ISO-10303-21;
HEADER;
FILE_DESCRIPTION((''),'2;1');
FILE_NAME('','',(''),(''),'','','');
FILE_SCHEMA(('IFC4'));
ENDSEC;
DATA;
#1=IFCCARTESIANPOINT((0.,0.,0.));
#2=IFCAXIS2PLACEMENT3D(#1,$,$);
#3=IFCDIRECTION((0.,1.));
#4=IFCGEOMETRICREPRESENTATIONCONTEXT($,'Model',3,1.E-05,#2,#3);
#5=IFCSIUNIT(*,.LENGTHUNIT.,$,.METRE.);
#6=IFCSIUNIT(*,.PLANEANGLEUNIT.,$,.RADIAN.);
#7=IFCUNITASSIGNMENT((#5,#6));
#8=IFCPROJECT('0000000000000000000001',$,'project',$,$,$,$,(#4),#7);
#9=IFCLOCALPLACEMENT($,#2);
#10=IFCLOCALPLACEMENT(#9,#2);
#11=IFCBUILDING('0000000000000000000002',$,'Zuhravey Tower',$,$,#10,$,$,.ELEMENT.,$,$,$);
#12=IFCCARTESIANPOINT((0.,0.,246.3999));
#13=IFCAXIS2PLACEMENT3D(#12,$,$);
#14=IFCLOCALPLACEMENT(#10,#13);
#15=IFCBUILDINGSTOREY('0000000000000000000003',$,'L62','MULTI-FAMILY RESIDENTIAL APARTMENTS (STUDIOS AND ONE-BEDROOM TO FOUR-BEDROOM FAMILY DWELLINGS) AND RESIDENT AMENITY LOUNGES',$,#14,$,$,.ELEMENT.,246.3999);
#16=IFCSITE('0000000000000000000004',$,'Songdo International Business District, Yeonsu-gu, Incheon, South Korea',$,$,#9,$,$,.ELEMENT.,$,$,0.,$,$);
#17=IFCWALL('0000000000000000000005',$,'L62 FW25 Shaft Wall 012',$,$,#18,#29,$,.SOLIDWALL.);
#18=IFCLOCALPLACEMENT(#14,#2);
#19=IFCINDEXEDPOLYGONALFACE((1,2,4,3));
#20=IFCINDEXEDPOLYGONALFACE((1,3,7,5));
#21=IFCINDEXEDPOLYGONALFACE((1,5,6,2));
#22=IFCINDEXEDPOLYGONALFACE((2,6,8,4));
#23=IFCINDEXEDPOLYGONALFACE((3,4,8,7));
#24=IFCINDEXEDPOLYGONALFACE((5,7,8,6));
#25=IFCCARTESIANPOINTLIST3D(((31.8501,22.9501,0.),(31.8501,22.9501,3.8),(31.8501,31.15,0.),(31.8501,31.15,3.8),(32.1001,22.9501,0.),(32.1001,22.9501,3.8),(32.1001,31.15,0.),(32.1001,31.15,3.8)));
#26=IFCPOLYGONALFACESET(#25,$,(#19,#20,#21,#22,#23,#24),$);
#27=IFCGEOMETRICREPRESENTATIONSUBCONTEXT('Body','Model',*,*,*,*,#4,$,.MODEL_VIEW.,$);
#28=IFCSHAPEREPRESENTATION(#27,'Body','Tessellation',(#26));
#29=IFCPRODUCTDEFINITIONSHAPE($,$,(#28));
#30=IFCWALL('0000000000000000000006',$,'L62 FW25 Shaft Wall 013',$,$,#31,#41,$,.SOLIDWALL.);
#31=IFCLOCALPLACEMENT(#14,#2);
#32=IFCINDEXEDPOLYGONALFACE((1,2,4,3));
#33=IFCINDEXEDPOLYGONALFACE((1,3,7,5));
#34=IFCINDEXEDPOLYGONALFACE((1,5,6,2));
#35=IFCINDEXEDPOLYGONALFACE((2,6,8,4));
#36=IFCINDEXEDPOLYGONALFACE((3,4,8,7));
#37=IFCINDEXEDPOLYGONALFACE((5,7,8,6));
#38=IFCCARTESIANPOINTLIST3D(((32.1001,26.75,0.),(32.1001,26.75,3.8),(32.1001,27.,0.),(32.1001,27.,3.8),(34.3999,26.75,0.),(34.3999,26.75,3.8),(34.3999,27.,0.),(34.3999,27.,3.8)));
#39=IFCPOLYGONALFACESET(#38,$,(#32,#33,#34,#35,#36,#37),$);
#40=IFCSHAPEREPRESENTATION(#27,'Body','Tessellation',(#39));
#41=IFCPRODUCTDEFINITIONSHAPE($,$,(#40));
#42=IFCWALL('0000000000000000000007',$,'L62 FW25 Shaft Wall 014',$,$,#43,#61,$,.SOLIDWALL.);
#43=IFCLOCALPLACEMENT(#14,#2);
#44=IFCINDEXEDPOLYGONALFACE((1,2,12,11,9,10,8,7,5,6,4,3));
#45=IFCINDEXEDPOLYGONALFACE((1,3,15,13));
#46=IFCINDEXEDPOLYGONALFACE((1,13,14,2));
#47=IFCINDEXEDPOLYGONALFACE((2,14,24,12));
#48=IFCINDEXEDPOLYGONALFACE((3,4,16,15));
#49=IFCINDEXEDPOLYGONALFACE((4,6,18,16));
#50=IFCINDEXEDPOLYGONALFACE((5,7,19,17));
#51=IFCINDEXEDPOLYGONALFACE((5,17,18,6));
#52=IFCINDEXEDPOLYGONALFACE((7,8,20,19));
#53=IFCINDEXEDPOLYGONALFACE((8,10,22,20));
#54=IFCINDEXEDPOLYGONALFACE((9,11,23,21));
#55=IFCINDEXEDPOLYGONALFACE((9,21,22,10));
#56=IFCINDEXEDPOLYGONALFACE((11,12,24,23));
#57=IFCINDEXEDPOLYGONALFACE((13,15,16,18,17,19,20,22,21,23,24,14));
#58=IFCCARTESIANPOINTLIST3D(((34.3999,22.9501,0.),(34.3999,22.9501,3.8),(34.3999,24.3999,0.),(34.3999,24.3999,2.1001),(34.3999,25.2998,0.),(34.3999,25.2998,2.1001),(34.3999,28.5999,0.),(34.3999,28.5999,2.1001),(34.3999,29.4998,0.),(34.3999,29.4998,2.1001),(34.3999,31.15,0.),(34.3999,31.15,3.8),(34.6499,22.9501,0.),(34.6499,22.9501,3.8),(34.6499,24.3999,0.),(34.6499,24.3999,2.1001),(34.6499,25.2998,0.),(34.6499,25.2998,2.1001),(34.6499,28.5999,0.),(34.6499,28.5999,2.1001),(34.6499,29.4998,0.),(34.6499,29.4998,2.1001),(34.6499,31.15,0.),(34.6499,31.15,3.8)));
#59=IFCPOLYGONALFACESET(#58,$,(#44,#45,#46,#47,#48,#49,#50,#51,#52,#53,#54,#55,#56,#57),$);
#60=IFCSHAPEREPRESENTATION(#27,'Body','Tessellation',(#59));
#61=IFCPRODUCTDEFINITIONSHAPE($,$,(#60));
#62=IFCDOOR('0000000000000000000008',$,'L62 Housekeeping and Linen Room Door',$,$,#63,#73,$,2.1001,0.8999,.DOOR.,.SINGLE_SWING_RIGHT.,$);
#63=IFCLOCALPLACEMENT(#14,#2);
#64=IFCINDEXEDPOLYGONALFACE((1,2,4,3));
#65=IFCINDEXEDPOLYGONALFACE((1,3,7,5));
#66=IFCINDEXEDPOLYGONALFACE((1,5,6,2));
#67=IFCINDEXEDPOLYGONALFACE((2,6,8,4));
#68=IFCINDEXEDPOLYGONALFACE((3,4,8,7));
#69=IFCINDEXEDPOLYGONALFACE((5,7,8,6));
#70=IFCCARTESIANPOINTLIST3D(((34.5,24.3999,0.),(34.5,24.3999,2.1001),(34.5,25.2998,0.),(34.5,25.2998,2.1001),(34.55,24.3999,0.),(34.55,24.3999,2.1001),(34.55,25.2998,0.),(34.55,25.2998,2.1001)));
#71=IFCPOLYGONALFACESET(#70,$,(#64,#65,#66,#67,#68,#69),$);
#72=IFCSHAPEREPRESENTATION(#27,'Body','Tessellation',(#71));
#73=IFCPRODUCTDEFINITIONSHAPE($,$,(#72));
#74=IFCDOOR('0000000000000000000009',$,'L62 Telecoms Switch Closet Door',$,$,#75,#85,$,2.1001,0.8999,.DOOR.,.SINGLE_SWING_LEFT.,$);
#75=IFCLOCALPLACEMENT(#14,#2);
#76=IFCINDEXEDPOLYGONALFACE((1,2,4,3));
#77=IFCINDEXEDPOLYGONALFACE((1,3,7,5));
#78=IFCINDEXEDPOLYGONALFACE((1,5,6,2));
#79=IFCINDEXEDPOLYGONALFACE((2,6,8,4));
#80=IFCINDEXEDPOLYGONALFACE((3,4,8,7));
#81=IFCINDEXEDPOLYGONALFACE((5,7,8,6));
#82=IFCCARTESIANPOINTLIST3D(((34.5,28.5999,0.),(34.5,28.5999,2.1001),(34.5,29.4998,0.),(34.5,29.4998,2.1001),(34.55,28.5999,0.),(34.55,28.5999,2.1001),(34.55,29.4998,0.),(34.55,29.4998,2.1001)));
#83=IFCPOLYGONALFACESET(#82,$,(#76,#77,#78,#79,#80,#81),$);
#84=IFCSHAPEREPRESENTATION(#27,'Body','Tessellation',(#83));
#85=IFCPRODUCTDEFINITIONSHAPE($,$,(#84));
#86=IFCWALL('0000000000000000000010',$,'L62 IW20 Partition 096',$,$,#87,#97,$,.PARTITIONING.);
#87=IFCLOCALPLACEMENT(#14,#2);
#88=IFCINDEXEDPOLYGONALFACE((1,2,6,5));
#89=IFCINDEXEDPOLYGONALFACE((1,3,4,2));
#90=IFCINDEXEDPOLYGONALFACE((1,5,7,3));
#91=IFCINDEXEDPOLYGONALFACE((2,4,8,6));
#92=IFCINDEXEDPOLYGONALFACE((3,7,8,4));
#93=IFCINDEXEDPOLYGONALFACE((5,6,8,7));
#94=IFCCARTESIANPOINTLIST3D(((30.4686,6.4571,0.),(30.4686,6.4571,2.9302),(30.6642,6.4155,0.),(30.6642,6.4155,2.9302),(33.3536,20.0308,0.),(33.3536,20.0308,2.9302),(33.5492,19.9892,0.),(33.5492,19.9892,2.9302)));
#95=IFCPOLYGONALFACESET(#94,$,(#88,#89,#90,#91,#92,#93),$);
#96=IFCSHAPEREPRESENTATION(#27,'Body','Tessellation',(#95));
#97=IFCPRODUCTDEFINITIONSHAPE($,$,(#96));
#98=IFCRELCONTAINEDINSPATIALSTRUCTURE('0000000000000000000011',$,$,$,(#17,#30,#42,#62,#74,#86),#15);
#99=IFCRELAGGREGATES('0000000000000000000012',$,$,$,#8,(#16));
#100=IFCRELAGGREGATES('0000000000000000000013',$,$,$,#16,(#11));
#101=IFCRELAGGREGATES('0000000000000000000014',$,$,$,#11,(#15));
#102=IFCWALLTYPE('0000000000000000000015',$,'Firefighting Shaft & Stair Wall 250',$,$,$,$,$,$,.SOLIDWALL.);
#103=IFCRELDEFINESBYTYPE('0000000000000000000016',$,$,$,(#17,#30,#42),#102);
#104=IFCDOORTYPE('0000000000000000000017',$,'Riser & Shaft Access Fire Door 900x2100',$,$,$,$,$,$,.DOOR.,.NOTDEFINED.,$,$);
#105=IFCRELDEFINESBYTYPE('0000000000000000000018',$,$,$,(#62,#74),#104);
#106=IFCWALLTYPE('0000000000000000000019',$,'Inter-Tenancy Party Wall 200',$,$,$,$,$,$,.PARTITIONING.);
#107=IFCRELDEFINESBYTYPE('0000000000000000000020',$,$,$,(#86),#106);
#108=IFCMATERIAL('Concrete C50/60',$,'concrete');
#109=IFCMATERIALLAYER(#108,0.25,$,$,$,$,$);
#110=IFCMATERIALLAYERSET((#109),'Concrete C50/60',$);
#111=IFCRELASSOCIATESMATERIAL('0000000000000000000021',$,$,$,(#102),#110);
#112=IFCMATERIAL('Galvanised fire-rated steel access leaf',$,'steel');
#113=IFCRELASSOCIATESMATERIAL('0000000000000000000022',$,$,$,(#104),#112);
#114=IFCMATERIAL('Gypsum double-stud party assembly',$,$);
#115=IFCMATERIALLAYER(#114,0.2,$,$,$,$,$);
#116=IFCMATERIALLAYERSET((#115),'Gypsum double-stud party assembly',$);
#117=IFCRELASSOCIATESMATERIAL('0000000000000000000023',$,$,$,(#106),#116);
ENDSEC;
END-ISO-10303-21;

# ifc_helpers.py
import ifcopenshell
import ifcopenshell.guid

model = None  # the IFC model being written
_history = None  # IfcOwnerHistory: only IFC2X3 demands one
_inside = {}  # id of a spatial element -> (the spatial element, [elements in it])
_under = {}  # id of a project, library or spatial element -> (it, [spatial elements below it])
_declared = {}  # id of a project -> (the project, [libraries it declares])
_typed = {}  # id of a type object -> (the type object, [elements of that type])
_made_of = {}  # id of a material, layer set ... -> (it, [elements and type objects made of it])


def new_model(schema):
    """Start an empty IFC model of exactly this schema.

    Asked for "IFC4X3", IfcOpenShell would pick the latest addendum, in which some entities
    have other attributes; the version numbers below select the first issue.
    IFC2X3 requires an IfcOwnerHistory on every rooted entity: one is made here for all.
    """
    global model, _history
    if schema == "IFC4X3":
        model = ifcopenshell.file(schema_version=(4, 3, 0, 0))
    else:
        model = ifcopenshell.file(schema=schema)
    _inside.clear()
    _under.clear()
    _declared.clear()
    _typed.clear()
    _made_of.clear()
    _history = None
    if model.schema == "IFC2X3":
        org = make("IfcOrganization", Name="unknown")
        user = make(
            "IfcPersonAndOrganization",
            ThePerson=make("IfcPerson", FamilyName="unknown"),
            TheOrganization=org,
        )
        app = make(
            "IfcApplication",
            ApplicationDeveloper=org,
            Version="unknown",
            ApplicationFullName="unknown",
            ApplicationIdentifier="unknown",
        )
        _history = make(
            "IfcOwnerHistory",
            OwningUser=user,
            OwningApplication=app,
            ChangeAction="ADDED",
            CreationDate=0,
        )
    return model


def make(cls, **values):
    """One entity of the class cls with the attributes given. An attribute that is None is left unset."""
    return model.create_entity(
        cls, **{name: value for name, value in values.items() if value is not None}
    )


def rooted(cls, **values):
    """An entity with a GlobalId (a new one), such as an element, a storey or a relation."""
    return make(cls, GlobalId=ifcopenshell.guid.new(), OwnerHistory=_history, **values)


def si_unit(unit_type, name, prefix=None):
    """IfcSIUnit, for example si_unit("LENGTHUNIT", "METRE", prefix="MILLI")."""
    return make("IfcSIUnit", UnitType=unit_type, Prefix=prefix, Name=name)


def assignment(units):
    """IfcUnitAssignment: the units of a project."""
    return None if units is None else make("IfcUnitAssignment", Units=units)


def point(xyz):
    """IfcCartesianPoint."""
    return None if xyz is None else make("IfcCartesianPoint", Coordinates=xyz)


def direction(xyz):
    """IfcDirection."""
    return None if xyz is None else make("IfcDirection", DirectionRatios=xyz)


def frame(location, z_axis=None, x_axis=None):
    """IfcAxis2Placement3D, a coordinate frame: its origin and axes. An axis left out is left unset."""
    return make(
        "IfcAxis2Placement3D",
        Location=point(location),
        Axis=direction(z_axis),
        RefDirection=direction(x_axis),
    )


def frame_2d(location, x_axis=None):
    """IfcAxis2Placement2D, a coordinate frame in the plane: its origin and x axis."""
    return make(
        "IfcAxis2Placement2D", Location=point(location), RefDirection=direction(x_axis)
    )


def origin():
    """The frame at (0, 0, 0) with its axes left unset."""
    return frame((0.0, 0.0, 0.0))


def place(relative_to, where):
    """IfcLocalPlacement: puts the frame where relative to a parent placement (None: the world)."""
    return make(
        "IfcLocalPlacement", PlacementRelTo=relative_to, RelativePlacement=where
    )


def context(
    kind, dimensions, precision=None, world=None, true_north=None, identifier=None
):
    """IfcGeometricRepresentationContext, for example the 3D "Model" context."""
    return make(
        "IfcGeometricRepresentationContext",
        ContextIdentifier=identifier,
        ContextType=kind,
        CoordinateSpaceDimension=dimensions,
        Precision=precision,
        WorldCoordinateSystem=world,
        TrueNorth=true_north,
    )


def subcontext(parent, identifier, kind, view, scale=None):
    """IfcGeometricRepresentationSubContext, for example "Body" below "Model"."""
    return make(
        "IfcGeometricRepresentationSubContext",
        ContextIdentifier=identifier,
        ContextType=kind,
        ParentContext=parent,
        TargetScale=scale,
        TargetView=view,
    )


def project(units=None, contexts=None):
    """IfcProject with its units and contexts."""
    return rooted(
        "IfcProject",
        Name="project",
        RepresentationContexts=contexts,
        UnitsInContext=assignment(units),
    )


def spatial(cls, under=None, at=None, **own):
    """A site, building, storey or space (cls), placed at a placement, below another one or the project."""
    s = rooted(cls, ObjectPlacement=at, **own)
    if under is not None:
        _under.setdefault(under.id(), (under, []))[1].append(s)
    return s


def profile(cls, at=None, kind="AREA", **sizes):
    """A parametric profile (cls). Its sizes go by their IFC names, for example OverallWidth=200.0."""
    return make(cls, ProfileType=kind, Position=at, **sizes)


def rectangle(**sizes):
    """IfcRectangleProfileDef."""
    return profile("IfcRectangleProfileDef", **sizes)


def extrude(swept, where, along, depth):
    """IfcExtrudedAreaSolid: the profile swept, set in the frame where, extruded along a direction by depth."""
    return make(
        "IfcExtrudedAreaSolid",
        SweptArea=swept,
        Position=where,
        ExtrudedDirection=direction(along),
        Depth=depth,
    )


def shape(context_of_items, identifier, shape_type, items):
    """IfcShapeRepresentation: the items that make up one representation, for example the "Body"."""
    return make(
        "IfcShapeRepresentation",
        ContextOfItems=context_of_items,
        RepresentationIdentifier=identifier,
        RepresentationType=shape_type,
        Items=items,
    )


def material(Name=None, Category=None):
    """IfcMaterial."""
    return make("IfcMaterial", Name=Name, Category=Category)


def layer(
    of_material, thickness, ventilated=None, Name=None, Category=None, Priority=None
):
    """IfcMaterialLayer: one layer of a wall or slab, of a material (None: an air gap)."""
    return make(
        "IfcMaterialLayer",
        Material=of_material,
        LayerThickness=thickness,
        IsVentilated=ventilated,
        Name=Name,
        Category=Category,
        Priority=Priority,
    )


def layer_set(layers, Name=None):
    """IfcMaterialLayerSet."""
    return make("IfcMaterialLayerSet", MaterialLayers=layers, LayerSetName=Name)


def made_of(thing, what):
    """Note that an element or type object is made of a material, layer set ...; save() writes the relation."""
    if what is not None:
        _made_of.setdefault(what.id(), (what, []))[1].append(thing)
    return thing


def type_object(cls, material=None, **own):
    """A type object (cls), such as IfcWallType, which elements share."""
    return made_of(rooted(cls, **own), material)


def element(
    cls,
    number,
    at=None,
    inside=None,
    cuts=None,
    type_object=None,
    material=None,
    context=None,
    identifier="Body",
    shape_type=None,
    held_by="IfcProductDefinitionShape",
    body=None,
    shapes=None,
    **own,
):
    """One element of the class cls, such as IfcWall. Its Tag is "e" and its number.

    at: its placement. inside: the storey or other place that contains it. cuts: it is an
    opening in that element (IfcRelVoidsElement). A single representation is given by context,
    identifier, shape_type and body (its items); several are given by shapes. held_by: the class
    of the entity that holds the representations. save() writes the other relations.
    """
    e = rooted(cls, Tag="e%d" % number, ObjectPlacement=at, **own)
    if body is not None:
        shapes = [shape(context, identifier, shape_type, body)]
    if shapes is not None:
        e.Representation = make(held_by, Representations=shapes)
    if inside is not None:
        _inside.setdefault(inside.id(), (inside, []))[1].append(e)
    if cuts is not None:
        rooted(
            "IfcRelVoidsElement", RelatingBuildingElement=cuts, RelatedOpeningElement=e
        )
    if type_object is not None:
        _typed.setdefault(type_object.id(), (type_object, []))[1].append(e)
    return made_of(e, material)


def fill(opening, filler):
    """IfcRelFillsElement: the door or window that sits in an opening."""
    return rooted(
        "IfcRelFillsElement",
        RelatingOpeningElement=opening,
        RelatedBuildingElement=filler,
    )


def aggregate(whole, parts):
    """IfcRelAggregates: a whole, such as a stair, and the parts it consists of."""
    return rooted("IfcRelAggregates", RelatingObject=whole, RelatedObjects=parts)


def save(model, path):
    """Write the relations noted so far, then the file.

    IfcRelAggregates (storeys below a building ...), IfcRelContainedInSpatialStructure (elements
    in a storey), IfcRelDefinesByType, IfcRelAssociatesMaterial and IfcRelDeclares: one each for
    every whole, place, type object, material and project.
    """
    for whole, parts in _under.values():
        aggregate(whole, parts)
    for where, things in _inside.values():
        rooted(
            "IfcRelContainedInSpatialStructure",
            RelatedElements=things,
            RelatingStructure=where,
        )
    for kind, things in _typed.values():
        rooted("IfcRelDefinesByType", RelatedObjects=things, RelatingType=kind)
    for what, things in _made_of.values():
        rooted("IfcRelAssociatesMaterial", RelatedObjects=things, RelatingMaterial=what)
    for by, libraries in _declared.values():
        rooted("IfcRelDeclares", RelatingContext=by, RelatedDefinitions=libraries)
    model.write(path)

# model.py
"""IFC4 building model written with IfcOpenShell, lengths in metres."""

from ifc_helpers import new_model, si_unit, direction, frame, frame_2d, origin, place, context, subcontext, project, spatial, rectangle, extrude, material, layer, layer_set, type_object, element, fill, save


model = new_model("IFC4")

# Units and contexts
model_context = context("Model", 3, precision=1e-05, world=origin(), true_north=direction((0.0, 1.0)))
body_context = subcontext(model_context, "Body", "Model", "MODEL_VIEW")
ifc_project = project(units=[si_unit("LENGTHUNIT", "METRE"), si_unit("PLANEANGLEUNIT", "RADIAN")], contexts=[model_context])

# Site, building, storey
site_placement = place(None, origin())
site = spatial("IfcSite", under=ifc_project, at=site_placement, Name="Songdo International Business District, Yeonsu-gu, Incheon, South Korea", CompositionType="ELEMENT", RefElevation=0.0)
building_placement = place(site_placement, origin())
building = spatial("IfcBuilding", under=site, at=building_placement, Name="Zuhravey Tower", CompositionType="ELEMENT")
storey_placement = place(building_placement, frame((0.0, 0.0, 246.3999)))
storey = spatial("IfcBuildingStorey", under=building, at=storey_placement, Name="L62", Description="MULTI-FAMILY RESIDENTIAL APARTMENTS (STUDIOS AND ONE-BEDROOM TO FOUR-BEDROOM FAMILY DWELLINGS) AND RESIDENT AMENITY LOUNGES", CompositionType="ELEMENT", Elevation=246.3999)

# Shared definitions
ifc_material_1 = material(Name="Concrete C50/60", Category="concrete")
ifc_layer_1 = layer(ifc_material_1, 0.25)
ifc_layer_set_1 = layer_set([ifc_layer_1], Name="Concrete C50/60")
wall_type_1 = type_object("IfcWallType", Name="Firefighting Shaft & Stair Wall 250", PredefinedType="SOLIDWALL", material=ifc_layer_set_1)

# Shared definitions
ifc_material_2 = material(Name="Galvanised fire-rated steel access leaf", Category="steel")
door_type_1 = type_object("IfcDoorType", Name="Riser & Shaft Access Fire Door 900x2100", OperationType="NOTDEFINED", PredefinedType="DOOR", material=ifc_material_2)

# Walls
wall_1_placement = place(storey_placement, frame((31.9751, 22.95, 0.0), z_axis=(0.0, 0.0, 1.0), x_axis=(0.0, 1.0, 0.0)))
element("IfcWall", 1, at=wall_1_placement, inside=storey, type_object=wall_type_1, Name="L62 FW25 Shaft Wall 012", PredefinedType="SOLIDWALL", context=body_context, shape_type="SweptSolid", body=[
    extrude(rectangle(XDim=8.2, YDim=0.25, at=frame_2d((4.1001, 0.0))), origin(), (0.0, 0.0, 1.0), 3.8),
])
wall_2_placement = place(storey_placement, frame((32.1001, 26.875, 0.0), z_axis=(0.0, 0.0, 1.0), x_axis=(1.0, 0.0, 0.0)))
element("IfcWall", 2, at=wall_2_placement, inside=storey, type_object=wall_type_1, Name="L62 FW25 Shaft Wall 013", PredefinedType="SOLIDWALL", context=body_context, shape_type="SweptSolid", body=[
    extrude(rectangle(XDim=2.2998, YDim=0.25, at=frame_2d((1.1499, 0.0))), origin(), (0.0, 0.0, 1.0), 3.8),
])

# Wall, openings, doors
wall_3_placement = place(storey_placement, frame((34.5249, 22.95, 0.0), z_axis=(0.0, 0.0, 1.0), x_axis=(0.0, 1.0, 0.0)))
wall_3 = element("IfcWall", 3, at=wall_3_placement, inside=storey, type_object=wall_type_1, Name="L62 FW25 Shaft Wall 014", PredefinedType="SOLIDWALL", context=body_context, shape_type="SweptSolid", body=[
    extrude(rectangle(XDim=8.2, YDim=0.25, at=frame_2d((4.1001, 0.0))), origin(), (0.0, 0.0, 1.0), 3.8),
])
opening_1_placement = place(wall_3_placement, frame((1.45, 0.0, 0.0)))
opening_1 = element("IfcOpeningElement", 4, at=opening_1_placement, cuts=wall_3, PredefinedType="OPENING", context=body_context, shape_type="SweptSolid", body=[
    extrude(rectangle(XDim=0.8999, YDim=2.1001, at=frame_2d((0.45, 1.05))), frame((0.0, 0.137, 0.0), z_axis=(0.0, -1.0, 0.0), x_axis=(1.0, 0.0, 0.0)), (0.0, 0.0, 1.0), 0.2739),
])
opening_2_placement = place(wall_3_placement, frame((5.6499, 0.0, 0.0)))
opening_2 = element("IfcOpeningElement", 5, at=opening_2_placement, cuts=wall_3, PredefinedType="OPENING", context=body_context, shape_type="SweptSolid", body=[
    extrude(rectangle(XDim=0.8999, YDim=2.1001, at=frame_2d((0.45, 1.05))), frame((0.0, 0.137, 0.0), z_axis=(0.0, -1.0, 0.0), x_axis=(1.0, 0.0, 0.0)), (0.0, 0.0, 1.0), 0.2739),
])
door_1_placement = place(opening_1_placement, origin())
door_1 = element("IfcDoor", 6, at=door_1_placement, inside=storey, type_object=door_type_1, Name="L62 Housekeeping and Linen Room Door", OperationType="SINGLE_SWING_RIGHT", OverallHeight=2.1001, OverallWidth=0.8999, PredefinedType="DOOR", context=body_context, shape_type="SweptSolid", body=[
    extrude(rectangle(XDim=0.8999, YDim=2.1001, at=frame_2d((0.45, 1.05))), frame((0.0, 0.0249, 0.0), z_axis=(0.0, -1.0, 0.0), x_axis=(1.0, 0.0, 0.0)), (0.0, 0.0, 1.0), 0.05),
])
fill(opening_1, door_1)
door_2_placement = place(opening_2_placement, origin())
door_2 = element("IfcDoor", 7, at=door_2_placement, inside=storey, type_object=door_type_1, Name="L62 Telecoms Switch Closet Door", OperationType="SINGLE_SWING_LEFT", OverallHeight=2.1001, OverallWidth=0.8999, PredefinedType="DOOR", context=body_context, shape_type="SweptSolid", body=[
    extrude(rectangle(XDim=0.8999, YDim=2.1001, at=frame_2d((0.45, 1.05))), frame((0.0, 0.0249, 0.0), z_axis=(0.0, -1.0, 0.0), x_axis=(1.0, 0.0, 0.0)), (0.0, 0.0, 1.0), 0.05),
])
fill(opening_2, door_2)

# Wall
ifc_material_3 = material(Name="Gypsum double-stud party assembly")
ifc_layer_2 = layer(ifc_material_3, 0.2)
ifc_layer_set_2 = layer_set([ifc_layer_2], Name="Gypsum double-stud party assembly")
wall_type_2 = type_object("IfcWallType", Name="Inter-Tenancy Party Wall 200", PredefinedType="PARTITIONING", material=ifc_layer_set_2)
wall_4_placement = place(storey_placement, frame((33.4514, 20.01, 0.0), z_axis=(0.0, 0.0, 1.0), x_axis=(-0.2079, -0.97815, 0.0)))
element("IfcWall", 8, at=wall_4_placement, inside=storey, type_object=wall_type_2, Name="L62 IW20 Partition 096", PredefinedType="PARTITIONING", context=body_context, shape_type="SweptSolid", body=[
    extrude(rectangle(XDim=13.877, YDim=0.2, at=frame_2d((6.9385, 0.0))), origin(), (0.0, 0.0, 1.0), 2.9302),
])

save(model, "model.ifc")
